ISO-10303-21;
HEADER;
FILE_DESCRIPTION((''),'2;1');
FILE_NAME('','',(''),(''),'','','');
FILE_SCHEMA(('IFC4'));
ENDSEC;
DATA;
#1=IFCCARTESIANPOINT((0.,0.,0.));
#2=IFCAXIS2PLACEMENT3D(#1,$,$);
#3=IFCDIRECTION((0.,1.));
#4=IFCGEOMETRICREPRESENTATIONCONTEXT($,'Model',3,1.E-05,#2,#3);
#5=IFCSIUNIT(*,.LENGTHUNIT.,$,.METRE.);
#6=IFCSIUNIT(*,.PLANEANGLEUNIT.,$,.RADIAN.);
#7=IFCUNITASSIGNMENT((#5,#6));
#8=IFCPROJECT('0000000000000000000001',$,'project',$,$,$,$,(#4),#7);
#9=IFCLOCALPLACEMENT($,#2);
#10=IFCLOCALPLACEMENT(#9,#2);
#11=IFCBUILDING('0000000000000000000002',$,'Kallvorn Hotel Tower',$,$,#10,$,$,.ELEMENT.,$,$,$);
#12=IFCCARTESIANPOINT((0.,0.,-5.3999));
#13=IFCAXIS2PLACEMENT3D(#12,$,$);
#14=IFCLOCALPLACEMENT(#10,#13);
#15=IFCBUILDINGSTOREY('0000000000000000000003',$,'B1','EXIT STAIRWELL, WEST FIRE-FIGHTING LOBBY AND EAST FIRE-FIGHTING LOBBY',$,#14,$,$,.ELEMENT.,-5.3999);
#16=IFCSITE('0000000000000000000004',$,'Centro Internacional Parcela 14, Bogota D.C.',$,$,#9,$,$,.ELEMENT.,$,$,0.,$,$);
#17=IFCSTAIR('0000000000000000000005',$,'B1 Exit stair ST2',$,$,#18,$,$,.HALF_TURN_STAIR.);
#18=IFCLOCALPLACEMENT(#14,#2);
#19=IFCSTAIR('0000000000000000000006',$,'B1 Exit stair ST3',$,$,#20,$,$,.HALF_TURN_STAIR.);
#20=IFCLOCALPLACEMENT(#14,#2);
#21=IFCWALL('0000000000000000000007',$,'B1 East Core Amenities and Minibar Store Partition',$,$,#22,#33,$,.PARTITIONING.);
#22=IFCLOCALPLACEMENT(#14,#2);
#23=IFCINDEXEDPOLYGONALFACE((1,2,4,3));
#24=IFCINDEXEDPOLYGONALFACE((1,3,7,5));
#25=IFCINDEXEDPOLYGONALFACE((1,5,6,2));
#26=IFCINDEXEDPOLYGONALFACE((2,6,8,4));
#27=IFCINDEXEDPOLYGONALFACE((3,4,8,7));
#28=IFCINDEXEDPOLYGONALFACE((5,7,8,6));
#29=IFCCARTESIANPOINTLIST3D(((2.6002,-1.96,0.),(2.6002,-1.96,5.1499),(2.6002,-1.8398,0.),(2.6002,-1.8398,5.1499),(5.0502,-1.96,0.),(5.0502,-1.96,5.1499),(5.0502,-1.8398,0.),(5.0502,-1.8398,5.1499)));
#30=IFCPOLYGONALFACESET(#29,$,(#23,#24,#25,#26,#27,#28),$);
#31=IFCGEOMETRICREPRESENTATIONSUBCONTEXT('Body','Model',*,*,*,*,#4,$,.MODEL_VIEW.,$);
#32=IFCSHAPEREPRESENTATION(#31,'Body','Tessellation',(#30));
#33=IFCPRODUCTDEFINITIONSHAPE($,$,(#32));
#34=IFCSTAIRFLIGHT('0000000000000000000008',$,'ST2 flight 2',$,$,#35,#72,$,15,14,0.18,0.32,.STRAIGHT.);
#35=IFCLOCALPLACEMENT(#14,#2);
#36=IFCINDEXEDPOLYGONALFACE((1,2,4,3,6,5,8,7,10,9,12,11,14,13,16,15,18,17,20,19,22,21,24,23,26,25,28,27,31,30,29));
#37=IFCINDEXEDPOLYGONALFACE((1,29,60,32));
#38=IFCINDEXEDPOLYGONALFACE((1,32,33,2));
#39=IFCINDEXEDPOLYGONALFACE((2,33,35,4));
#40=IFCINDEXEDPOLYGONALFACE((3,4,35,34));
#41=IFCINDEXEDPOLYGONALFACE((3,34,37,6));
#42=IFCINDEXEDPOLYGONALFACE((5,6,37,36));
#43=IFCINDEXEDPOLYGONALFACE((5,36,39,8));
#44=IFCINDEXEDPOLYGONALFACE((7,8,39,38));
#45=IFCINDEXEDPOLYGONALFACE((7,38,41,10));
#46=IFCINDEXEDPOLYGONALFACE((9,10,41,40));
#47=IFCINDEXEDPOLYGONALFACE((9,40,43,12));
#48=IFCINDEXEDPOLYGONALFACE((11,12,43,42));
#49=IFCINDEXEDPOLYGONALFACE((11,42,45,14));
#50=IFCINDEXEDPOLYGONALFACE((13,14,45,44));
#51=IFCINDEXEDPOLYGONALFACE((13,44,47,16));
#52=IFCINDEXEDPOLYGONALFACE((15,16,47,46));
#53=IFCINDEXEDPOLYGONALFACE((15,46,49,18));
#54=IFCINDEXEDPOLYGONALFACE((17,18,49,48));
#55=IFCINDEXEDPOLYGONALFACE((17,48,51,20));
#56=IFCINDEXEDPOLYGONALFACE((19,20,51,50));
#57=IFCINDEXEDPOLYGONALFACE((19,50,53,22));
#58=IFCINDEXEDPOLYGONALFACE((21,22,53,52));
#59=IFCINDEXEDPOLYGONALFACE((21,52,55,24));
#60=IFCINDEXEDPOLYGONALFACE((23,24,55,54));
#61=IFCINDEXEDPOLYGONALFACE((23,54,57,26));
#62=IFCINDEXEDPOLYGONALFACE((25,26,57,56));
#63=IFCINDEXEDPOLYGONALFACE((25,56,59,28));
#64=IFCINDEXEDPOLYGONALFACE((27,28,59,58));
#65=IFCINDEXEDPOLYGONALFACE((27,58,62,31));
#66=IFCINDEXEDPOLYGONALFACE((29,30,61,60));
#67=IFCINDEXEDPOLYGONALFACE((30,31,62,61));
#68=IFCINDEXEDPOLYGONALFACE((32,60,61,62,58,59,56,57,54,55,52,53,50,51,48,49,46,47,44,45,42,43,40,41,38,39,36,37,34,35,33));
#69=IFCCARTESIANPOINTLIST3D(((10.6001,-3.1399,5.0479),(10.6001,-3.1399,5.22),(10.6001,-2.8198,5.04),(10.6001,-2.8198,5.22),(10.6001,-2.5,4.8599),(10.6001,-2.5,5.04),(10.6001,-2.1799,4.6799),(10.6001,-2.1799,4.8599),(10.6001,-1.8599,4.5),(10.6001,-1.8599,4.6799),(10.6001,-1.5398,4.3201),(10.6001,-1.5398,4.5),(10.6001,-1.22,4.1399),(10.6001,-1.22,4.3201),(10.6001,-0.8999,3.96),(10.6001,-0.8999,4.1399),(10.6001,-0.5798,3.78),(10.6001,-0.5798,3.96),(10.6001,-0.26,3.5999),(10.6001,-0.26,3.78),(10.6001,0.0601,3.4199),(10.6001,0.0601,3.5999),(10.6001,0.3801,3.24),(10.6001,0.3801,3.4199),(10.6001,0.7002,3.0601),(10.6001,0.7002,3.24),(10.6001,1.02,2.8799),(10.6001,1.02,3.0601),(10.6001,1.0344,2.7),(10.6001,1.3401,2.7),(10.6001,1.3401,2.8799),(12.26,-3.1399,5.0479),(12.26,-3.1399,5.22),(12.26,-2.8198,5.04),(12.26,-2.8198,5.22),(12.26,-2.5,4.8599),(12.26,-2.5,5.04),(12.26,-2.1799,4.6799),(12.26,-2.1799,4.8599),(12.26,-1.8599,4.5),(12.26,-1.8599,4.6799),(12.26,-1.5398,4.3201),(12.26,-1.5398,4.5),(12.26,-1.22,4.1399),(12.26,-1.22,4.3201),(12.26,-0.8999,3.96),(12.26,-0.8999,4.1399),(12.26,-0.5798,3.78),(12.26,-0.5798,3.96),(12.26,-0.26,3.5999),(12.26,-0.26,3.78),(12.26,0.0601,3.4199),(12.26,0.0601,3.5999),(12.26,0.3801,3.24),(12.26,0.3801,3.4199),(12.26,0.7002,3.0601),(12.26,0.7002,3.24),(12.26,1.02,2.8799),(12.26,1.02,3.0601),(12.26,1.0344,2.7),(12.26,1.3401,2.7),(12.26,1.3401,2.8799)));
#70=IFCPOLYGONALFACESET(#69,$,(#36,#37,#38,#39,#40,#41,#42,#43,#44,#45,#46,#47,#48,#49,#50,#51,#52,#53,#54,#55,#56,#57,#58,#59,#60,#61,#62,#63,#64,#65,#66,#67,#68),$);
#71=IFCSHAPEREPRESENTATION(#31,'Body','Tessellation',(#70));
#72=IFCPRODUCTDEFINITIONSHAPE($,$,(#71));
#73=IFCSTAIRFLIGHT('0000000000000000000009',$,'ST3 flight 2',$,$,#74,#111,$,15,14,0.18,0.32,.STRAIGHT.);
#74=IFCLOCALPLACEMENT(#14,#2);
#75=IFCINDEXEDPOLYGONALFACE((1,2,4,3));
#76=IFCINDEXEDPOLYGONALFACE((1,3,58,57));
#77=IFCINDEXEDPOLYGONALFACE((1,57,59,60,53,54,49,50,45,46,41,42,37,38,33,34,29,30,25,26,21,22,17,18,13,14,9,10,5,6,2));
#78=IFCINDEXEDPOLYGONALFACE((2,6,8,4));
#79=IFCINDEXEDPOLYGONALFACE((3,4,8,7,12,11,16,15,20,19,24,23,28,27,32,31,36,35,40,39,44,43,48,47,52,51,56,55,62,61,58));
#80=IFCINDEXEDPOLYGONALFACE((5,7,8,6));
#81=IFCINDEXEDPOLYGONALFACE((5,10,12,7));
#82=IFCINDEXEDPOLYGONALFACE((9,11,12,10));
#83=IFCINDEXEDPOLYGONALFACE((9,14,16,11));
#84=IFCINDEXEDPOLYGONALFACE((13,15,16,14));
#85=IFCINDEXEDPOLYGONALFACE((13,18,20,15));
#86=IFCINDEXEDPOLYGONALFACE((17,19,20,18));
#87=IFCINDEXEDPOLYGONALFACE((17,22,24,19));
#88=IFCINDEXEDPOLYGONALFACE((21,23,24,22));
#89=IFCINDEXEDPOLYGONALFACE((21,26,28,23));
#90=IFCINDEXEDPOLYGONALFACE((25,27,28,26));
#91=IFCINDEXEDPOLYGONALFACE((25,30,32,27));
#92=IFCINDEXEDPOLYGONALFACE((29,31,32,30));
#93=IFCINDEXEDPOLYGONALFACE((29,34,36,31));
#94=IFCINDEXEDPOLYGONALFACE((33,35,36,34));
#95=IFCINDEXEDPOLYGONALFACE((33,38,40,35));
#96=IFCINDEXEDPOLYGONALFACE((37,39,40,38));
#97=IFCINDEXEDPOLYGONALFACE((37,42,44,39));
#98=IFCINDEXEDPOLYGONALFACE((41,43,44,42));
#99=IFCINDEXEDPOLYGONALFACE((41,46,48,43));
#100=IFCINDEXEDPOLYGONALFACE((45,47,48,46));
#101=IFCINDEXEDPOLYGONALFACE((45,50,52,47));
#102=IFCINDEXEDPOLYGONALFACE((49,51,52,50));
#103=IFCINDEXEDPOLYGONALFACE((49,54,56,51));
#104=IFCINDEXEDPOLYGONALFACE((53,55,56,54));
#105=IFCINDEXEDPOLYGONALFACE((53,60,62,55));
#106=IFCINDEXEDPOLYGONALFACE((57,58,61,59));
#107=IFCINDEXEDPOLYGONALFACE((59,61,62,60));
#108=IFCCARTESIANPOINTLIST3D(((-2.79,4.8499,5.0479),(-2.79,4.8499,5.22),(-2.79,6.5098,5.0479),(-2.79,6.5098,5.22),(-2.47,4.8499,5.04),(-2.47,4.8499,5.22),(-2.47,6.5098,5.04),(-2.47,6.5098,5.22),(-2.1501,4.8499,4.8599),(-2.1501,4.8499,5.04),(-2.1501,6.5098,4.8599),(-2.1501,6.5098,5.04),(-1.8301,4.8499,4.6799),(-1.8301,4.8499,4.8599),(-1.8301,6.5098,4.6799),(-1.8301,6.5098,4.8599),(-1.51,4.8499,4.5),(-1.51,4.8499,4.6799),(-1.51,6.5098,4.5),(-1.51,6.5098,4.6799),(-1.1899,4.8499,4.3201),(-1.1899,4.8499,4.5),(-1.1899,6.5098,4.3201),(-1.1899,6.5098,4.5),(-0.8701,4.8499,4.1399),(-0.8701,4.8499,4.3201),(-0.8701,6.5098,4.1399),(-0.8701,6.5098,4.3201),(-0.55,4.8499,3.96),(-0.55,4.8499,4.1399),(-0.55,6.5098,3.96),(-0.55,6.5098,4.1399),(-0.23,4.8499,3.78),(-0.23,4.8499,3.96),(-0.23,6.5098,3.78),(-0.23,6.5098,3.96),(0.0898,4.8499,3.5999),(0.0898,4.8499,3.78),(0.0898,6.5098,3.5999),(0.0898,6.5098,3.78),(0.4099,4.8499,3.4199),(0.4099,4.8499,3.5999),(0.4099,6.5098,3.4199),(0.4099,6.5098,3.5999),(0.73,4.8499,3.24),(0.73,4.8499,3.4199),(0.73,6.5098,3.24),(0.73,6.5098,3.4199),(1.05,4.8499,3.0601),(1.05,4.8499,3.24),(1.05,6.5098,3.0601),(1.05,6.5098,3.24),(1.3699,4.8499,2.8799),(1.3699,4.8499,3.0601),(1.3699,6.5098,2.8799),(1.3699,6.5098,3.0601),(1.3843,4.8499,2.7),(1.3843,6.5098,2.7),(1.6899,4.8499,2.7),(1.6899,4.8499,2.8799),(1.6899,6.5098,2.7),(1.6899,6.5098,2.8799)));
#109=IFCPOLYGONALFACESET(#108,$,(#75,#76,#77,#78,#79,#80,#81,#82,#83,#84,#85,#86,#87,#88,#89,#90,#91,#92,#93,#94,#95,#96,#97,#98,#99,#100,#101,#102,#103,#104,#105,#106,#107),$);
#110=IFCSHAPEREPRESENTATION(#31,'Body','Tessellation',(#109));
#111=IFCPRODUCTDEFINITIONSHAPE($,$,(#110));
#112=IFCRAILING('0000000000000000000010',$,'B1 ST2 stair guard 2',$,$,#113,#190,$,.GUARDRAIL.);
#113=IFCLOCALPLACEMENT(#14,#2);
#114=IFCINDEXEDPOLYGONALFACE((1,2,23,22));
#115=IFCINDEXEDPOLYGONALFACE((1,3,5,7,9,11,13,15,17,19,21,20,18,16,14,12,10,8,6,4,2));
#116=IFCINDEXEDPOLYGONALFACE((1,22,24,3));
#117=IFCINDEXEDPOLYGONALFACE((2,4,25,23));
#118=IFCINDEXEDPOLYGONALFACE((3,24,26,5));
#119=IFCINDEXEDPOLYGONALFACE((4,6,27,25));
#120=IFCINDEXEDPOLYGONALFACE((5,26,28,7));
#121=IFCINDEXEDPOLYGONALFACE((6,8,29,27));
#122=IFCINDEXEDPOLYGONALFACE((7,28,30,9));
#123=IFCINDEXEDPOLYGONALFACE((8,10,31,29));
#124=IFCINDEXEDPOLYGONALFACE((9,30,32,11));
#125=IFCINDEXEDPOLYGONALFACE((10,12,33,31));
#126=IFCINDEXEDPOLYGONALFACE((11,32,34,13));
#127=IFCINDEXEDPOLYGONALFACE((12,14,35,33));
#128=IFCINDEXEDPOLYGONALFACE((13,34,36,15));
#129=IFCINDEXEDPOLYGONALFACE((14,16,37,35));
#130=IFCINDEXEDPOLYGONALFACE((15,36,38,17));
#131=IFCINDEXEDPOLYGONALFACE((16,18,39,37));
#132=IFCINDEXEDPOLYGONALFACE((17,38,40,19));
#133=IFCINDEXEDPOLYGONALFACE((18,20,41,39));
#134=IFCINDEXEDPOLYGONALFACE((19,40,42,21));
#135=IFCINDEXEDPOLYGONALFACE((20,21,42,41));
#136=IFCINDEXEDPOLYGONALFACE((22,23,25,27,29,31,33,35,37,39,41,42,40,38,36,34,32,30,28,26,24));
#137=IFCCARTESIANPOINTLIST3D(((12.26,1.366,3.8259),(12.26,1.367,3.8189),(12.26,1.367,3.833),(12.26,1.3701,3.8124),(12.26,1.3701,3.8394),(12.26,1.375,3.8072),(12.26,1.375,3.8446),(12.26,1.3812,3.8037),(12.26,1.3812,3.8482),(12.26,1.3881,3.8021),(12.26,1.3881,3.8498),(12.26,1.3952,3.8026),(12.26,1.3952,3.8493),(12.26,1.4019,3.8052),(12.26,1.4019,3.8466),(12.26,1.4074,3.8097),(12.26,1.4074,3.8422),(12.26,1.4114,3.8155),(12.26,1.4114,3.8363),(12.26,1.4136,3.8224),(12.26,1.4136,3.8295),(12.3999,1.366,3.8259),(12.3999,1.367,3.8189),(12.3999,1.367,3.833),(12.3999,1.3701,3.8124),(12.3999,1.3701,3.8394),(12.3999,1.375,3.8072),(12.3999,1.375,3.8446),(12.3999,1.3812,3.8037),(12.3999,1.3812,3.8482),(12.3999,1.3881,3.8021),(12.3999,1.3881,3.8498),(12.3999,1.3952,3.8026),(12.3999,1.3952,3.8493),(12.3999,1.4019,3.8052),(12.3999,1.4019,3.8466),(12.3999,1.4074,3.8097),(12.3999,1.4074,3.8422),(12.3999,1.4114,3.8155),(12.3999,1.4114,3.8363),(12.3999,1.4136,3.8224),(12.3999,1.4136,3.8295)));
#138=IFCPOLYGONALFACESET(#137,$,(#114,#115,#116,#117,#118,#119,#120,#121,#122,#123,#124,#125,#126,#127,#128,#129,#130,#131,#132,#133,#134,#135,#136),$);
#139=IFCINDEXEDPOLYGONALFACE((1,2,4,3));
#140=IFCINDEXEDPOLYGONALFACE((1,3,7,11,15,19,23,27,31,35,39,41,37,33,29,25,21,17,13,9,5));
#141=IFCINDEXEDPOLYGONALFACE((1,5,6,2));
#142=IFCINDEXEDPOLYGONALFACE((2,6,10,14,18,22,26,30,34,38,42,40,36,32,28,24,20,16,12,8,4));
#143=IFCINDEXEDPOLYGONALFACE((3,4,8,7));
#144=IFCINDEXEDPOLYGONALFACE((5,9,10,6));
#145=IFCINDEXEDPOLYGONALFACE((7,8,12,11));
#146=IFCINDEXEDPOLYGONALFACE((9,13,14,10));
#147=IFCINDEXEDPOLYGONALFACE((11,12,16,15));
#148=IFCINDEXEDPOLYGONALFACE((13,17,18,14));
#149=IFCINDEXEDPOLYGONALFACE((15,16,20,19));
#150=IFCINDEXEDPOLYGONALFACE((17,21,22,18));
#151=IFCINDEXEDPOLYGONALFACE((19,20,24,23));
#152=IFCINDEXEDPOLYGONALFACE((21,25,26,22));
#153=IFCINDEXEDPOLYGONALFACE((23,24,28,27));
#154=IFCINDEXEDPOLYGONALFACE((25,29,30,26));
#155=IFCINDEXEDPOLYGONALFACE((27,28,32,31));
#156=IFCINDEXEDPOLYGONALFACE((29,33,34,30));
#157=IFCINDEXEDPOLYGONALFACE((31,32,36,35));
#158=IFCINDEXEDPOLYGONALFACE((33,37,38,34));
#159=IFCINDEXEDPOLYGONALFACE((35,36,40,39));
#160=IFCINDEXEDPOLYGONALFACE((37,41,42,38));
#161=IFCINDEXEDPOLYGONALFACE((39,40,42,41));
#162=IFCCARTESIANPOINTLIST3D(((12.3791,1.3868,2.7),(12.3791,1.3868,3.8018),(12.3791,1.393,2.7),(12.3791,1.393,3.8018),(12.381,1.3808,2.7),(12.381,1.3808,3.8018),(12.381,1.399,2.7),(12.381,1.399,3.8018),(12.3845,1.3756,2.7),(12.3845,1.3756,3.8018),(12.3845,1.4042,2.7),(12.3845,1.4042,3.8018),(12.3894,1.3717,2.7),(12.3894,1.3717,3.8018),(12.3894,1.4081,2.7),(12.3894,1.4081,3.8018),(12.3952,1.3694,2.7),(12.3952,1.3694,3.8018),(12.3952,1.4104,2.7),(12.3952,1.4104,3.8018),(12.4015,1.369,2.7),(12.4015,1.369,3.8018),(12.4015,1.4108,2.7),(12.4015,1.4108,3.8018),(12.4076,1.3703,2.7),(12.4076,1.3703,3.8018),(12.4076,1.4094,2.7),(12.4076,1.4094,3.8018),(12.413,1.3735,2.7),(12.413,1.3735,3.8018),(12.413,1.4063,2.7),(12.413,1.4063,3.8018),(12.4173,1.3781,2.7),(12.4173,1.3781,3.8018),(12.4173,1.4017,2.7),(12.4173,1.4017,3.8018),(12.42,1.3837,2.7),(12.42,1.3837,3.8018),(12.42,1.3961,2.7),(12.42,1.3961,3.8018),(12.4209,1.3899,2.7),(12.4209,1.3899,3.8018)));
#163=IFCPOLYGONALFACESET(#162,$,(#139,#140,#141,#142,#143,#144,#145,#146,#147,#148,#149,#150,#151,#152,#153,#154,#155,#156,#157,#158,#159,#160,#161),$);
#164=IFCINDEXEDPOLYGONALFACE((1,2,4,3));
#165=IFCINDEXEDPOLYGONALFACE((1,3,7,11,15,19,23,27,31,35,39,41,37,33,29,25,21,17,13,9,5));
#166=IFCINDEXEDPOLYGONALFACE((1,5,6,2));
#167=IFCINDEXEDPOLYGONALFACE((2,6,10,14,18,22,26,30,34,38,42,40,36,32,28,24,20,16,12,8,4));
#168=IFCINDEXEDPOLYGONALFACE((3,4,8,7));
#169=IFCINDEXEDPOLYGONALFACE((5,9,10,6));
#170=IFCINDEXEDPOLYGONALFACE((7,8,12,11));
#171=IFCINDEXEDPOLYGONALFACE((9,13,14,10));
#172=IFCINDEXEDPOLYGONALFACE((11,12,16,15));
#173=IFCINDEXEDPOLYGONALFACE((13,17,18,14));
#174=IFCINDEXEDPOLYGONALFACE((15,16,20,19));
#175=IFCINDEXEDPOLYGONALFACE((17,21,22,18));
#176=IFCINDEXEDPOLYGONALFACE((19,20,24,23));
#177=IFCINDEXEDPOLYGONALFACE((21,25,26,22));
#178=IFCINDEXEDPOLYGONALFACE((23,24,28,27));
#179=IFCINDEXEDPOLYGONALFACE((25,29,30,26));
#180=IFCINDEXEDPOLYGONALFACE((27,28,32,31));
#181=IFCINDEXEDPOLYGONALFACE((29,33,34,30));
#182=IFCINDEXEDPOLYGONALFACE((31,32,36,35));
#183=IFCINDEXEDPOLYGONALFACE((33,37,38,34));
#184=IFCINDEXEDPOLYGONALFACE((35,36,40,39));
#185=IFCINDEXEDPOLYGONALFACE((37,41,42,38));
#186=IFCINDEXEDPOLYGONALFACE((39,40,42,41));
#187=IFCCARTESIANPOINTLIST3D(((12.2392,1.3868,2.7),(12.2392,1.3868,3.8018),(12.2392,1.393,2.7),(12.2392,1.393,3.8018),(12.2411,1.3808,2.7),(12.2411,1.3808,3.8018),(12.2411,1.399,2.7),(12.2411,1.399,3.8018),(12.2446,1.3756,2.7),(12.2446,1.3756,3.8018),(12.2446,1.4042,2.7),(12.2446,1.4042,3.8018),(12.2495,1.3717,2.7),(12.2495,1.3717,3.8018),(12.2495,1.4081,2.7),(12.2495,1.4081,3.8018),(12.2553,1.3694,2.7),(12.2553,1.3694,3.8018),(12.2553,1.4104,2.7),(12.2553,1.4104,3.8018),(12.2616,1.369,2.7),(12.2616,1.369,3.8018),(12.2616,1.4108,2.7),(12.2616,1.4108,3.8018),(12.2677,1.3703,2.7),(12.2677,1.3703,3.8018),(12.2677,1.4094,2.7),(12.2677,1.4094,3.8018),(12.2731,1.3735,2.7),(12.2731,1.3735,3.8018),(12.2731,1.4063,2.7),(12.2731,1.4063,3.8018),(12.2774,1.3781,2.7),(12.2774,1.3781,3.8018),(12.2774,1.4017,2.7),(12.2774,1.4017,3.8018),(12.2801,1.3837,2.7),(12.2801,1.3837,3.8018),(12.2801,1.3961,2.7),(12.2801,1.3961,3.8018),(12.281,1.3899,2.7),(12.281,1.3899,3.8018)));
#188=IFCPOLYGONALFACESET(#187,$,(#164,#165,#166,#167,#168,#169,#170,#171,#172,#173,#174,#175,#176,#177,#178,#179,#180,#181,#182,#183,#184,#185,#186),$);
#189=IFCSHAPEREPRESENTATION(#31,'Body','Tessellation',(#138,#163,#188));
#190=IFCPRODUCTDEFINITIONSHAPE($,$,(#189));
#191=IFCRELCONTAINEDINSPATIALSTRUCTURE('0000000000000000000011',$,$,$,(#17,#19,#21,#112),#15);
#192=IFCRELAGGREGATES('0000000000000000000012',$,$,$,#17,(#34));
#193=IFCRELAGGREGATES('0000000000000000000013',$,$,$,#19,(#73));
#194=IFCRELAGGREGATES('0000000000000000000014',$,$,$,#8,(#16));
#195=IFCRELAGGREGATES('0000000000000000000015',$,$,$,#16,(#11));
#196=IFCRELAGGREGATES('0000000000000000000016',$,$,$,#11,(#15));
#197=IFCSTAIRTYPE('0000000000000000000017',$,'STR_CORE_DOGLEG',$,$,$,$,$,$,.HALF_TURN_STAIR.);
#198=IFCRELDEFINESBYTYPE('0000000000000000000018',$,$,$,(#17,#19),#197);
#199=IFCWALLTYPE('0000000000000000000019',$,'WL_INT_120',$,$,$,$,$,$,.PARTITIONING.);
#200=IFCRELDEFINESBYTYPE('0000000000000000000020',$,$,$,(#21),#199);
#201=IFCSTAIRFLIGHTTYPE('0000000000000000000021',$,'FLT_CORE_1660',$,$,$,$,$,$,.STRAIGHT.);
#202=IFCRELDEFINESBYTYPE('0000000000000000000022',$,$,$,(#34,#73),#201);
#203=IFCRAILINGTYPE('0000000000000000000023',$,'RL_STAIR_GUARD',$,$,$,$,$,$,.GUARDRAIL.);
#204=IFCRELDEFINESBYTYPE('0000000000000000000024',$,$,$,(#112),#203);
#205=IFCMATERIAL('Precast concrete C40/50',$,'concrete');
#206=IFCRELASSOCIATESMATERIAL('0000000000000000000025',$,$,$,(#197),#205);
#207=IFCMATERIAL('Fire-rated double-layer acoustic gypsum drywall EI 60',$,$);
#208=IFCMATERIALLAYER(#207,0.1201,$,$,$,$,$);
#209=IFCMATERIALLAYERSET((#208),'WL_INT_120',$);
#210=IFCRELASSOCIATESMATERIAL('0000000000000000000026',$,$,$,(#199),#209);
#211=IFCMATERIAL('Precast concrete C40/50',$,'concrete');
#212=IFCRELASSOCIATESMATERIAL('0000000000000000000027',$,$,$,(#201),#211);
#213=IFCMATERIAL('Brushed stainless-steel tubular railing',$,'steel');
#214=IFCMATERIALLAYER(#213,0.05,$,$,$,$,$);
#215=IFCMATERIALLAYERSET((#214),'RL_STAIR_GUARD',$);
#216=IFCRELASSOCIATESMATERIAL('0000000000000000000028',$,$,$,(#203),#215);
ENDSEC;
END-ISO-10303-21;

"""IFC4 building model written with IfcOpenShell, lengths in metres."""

from ifc_helpers import new_model, si_unit, direction, frame, frame_2d, origin, origin_2d, place, context, subcontext, project, spatial, polyline, rectangle, circle, outline, extrude, material, layer, layer_set, type_object, element, aggregate, save


model = new_model("IFC4")

# Units and contexts
model_context = context("Model", 3, precision=1e-05, world=origin(), true_north=direction((0.0, 1.0)))
body_context = subcontext(model_context, "Body", "Model", "MODEL_VIEW")
ifc_project = project(units=[si_unit("LENGTHUNIT", "METRE"), si_unit("PLANEANGLEUNIT", "RADIAN")], contexts=[model_context])

# Site, building, storey
site_placement = place(None, origin())
site = spatial("IfcSite", under=ifc_project, at=site_placement, Name="Centro Internacional Parcela 14, Bogota D.C.", CompositionType="ELEMENT", RefElevation=0.0)
building_placement = place(site_placement, origin())
building = spatial("IfcBuilding", under=site, at=building_placement, Name="Kallvorn Hotel Tower", CompositionType="ELEMENT")
storey_placement = place(building_placement, frame((0.0, 0.0, -5.3999)))
storey = spatial("IfcBuildingStorey", under=building, at=storey_placement, Name="B1", Description="EXIT STAIRWELL, WEST FIRE-FIGHTING LOBBY AND EAST FIRE-FIGHTING LOBBY", CompositionType="ELEMENT", Elevation=-5.3999)

# Stairs
ifc_material_1 = material(Name="Precast concrete C40/50", Category="concrete")
stair_type_1 = type_object("IfcStairType", Name="STR_CORE_DOGLEG", PredefinedType="HALF_TURN_STAIR", material=ifc_material_1)
stair_1_placement = place(storey_placement, origin())
stair_1 = element("IfcStair", 1, at=stair_1_placement, inside=storey, type_object=stair_type_1, Name="B1 Exit stair ST2", PredefinedType="HALF_TURN_STAIR")
stair_2_placement = place(storey_placement, origin())
stair_2 = element("IfcStair", 2, at=stair_2_placement, inside=storey, type_object=stair_type_1, Name="B1 Exit stair ST3", PredefinedType="HALF_TURN_STAIR")

# Wall
ifc_material_2 = material(Name="Fire-rated double-layer acoustic gypsum drywall EI 60")
ifc_layer_1 = layer(ifc_material_2, 0.1201)
ifc_layer_set_1 = layer_set([ifc_layer_1], Name="WL_INT_120")
wall_type_1 = type_object("IfcWallType", Name="WL_INT_120", PredefinedType="PARTITIONING", material=ifc_layer_set_1)
wall_1_placement = place(storey_placement, frame((2.6001, -1.8999, 0.0), z_axis=(0.0, 0.0, 1.0), x_axis=(1.0, 0.0, 0.0)))
element("IfcWall", 3, at=wall_1_placement, inside=storey, type_object=wall_type_1, Name="B1 East Core Amenities and Minibar Store Partition", PredefinedType="PARTITIONING", context=body_context, shape_type="SweptSolid", body=[
    extrude(rectangle(XDim=2.45, YDim=0.1201, at=frame_2d((1.2251, 0.0))), origin(), (0.0, 0.0, 1.0), 5.1499),
])

# Stair flights
ifc_material_3 = material(Name="Precast concrete C40/50", Category="concrete")
stair_flight_type = type_object("IfcStairFlightType", Name="FLT_CORE_1660", PredefinedType="STRAIGHT", material=ifc_material_3)
stair_flight_1_placement = place(storey_placement, frame((11.4299, 1.3401, 2.7), z_axis=(0.0, 0.0, 1.0), x_axis=(0.0, -1.0, 0.0)))
stair_flight_1 = element("IfcStairFlight", 4, at=stair_flight_1_placement, type_object=stair_flight_type, Name="ST2 flight 2", NumberOfRisers=15, NumberOfTreads=14, PredefinedType="STRAIGHT", RiserHeight=0.18, TreadLength=0.32, context=body_context, shape_type="SweptSolid", body=[
    extrude(outline(polyline([(0.0, 0.0), (0.0, 0.1799), (0.3201, 0.1799), (0.3201, 0.3601), (0.6399, 0.3601), (0.6399, 0.54), (0.96, 0.54), (0.96, 0.72), (1.28, 0.72), (1.28, 0.8999), (1.6001, 0.8999), (1.6001, 1.0801), (1.9199, 1.0801), (1.9199, 1.26), (2.24, 1.26), (2.24, 1.4399), (2.5601, 1.4399), (2.5601, 1.6201), (2.8799, 1.6201), (2.8799, 1.8), (3.2, 1.8), (3.2, 1.98), (3.52, 1.98), (3.52, 2.1599), (3.8401, 2.1599), (3.8401, 2.3401), (4.1599, 2.3401), (4.1599, 2.52), (4.48, 2.52), (4.48, 2.7), (4.48, 2.3479), (0.3057, 0.0), (0.0, 0.0)])), frame((0.0, 0.8301, 0.0), z_axis=(0.0, -1.0, 0.0), x_axis=(1.0, 0.0, 0.0)), (0.0, 0.0, 1.0), 1.6599),
])
aggregate(stair_1, [stair_flight_1])
stair_flight_2_placement = place(storey_placement, frame((1.6899, 5.6799, 2.7), z_axis=(0.0, 0.0, 1.0), x_axis=(-1.0, 0.0, 0.0)))
stair_flight_2 = element("IfcStairFlight", 5, at=stair_flight_2_placement, type_object=stair_flight_type, Name="ST3 flight 2", NumberOfRisers=15, NumberOfTreads=14, PredefinedType="STRAIGHT", RiserHeight=0.18, TreadLength=0.32, context=body_context, shape_type="SweptSolid", body=[
    extrude(outline(polyline([(0.0, 0.0), (0.0, 0.1799), (0.3201, 0.1799), (0.3201, 0.3601), (0.6399, 0.3601), (0.6399, 0.54), (0.96, 0.54), (0.96, 0.72), (1.28, 0.72), (1.28, 0.8999), (1.6001, 0.8999), (1.6001, 1.0801), (1.9199, 1.0801), (1.9199, 1.26), (2.24, 1.26), (2.24, 1.4399), (2.5601, 1.4399), (2.5601, 1.6201), (2.8799, 1.6201), (2.8799, 1.8), (3.2, 1.8), (3.2, 1.98), (3.52, 1.98), (3.52, 2.1599), (3.8401, 2.1599), (3.8401, 2.3401), (4.1599, 2.3401), (4.1599, 2.52), (4.48, 2.52), (4.48, 2.7), (4.48, 2.3479), (0.3057, 0.0), (0.0, 0.0)])), frame((0.0, 0.8301, 0.0), z_axis=(0.0, -1.0, 0.0), x_axis=(1.0, 0.0, 0.0)), (0.0, 0.0, 1.0), 1.6599),
])
aggregate(stair_2, [stair_flight_2])

# Railing
ifc_material_4 = material(Name="Brushed stainless-steel tubular railing", Category="steel")
ifc_layer_2 = layer(ifc_material_4, 0.05)
ifc_layer_set_2 = layer_set([ifc_layer_2], Name="RL_STAIR_GUARD")
railing_type_1 = type_object("IfcRailingType", Name="RL_STAIR_GUARD", PredefinedType="GUARDRAIL", material=ifc_layer_set_2)
railing_1_placement = place(storey_placement, frame((12.3999, 1.3899, 2.7)))
element("IfcRailing", 6, at=railing_1_placement, inside=storey, type_object=railing_type_1, Name="B1 ST2 stair guard 2", PredefinedType="GUARDRAIL", context=body_context, shape_type="SweptSolid", body=[
    extrude(circle(Radius=0.0239, at=origin_2d()), frame((0.0, 0.0, 1.126), z_axis=(-1.0, 0.0, 0.0), x_axis=(0.0, -1.0, 0.0)), (0.0, 0.0, 1.0), 0.1399),
    extrude(circle(Radius=0.021, at=origin_2d()), origin(), (0.0, 0.0, 1.0), 1.1018),
    extrude(circle(Radius=0.021, at=origin_2d()), frame((-0.1399, 0.0, 0.0)), (0.0, 0.0, 1.0), 1.1018),
])

save(model, "model.ifc")
